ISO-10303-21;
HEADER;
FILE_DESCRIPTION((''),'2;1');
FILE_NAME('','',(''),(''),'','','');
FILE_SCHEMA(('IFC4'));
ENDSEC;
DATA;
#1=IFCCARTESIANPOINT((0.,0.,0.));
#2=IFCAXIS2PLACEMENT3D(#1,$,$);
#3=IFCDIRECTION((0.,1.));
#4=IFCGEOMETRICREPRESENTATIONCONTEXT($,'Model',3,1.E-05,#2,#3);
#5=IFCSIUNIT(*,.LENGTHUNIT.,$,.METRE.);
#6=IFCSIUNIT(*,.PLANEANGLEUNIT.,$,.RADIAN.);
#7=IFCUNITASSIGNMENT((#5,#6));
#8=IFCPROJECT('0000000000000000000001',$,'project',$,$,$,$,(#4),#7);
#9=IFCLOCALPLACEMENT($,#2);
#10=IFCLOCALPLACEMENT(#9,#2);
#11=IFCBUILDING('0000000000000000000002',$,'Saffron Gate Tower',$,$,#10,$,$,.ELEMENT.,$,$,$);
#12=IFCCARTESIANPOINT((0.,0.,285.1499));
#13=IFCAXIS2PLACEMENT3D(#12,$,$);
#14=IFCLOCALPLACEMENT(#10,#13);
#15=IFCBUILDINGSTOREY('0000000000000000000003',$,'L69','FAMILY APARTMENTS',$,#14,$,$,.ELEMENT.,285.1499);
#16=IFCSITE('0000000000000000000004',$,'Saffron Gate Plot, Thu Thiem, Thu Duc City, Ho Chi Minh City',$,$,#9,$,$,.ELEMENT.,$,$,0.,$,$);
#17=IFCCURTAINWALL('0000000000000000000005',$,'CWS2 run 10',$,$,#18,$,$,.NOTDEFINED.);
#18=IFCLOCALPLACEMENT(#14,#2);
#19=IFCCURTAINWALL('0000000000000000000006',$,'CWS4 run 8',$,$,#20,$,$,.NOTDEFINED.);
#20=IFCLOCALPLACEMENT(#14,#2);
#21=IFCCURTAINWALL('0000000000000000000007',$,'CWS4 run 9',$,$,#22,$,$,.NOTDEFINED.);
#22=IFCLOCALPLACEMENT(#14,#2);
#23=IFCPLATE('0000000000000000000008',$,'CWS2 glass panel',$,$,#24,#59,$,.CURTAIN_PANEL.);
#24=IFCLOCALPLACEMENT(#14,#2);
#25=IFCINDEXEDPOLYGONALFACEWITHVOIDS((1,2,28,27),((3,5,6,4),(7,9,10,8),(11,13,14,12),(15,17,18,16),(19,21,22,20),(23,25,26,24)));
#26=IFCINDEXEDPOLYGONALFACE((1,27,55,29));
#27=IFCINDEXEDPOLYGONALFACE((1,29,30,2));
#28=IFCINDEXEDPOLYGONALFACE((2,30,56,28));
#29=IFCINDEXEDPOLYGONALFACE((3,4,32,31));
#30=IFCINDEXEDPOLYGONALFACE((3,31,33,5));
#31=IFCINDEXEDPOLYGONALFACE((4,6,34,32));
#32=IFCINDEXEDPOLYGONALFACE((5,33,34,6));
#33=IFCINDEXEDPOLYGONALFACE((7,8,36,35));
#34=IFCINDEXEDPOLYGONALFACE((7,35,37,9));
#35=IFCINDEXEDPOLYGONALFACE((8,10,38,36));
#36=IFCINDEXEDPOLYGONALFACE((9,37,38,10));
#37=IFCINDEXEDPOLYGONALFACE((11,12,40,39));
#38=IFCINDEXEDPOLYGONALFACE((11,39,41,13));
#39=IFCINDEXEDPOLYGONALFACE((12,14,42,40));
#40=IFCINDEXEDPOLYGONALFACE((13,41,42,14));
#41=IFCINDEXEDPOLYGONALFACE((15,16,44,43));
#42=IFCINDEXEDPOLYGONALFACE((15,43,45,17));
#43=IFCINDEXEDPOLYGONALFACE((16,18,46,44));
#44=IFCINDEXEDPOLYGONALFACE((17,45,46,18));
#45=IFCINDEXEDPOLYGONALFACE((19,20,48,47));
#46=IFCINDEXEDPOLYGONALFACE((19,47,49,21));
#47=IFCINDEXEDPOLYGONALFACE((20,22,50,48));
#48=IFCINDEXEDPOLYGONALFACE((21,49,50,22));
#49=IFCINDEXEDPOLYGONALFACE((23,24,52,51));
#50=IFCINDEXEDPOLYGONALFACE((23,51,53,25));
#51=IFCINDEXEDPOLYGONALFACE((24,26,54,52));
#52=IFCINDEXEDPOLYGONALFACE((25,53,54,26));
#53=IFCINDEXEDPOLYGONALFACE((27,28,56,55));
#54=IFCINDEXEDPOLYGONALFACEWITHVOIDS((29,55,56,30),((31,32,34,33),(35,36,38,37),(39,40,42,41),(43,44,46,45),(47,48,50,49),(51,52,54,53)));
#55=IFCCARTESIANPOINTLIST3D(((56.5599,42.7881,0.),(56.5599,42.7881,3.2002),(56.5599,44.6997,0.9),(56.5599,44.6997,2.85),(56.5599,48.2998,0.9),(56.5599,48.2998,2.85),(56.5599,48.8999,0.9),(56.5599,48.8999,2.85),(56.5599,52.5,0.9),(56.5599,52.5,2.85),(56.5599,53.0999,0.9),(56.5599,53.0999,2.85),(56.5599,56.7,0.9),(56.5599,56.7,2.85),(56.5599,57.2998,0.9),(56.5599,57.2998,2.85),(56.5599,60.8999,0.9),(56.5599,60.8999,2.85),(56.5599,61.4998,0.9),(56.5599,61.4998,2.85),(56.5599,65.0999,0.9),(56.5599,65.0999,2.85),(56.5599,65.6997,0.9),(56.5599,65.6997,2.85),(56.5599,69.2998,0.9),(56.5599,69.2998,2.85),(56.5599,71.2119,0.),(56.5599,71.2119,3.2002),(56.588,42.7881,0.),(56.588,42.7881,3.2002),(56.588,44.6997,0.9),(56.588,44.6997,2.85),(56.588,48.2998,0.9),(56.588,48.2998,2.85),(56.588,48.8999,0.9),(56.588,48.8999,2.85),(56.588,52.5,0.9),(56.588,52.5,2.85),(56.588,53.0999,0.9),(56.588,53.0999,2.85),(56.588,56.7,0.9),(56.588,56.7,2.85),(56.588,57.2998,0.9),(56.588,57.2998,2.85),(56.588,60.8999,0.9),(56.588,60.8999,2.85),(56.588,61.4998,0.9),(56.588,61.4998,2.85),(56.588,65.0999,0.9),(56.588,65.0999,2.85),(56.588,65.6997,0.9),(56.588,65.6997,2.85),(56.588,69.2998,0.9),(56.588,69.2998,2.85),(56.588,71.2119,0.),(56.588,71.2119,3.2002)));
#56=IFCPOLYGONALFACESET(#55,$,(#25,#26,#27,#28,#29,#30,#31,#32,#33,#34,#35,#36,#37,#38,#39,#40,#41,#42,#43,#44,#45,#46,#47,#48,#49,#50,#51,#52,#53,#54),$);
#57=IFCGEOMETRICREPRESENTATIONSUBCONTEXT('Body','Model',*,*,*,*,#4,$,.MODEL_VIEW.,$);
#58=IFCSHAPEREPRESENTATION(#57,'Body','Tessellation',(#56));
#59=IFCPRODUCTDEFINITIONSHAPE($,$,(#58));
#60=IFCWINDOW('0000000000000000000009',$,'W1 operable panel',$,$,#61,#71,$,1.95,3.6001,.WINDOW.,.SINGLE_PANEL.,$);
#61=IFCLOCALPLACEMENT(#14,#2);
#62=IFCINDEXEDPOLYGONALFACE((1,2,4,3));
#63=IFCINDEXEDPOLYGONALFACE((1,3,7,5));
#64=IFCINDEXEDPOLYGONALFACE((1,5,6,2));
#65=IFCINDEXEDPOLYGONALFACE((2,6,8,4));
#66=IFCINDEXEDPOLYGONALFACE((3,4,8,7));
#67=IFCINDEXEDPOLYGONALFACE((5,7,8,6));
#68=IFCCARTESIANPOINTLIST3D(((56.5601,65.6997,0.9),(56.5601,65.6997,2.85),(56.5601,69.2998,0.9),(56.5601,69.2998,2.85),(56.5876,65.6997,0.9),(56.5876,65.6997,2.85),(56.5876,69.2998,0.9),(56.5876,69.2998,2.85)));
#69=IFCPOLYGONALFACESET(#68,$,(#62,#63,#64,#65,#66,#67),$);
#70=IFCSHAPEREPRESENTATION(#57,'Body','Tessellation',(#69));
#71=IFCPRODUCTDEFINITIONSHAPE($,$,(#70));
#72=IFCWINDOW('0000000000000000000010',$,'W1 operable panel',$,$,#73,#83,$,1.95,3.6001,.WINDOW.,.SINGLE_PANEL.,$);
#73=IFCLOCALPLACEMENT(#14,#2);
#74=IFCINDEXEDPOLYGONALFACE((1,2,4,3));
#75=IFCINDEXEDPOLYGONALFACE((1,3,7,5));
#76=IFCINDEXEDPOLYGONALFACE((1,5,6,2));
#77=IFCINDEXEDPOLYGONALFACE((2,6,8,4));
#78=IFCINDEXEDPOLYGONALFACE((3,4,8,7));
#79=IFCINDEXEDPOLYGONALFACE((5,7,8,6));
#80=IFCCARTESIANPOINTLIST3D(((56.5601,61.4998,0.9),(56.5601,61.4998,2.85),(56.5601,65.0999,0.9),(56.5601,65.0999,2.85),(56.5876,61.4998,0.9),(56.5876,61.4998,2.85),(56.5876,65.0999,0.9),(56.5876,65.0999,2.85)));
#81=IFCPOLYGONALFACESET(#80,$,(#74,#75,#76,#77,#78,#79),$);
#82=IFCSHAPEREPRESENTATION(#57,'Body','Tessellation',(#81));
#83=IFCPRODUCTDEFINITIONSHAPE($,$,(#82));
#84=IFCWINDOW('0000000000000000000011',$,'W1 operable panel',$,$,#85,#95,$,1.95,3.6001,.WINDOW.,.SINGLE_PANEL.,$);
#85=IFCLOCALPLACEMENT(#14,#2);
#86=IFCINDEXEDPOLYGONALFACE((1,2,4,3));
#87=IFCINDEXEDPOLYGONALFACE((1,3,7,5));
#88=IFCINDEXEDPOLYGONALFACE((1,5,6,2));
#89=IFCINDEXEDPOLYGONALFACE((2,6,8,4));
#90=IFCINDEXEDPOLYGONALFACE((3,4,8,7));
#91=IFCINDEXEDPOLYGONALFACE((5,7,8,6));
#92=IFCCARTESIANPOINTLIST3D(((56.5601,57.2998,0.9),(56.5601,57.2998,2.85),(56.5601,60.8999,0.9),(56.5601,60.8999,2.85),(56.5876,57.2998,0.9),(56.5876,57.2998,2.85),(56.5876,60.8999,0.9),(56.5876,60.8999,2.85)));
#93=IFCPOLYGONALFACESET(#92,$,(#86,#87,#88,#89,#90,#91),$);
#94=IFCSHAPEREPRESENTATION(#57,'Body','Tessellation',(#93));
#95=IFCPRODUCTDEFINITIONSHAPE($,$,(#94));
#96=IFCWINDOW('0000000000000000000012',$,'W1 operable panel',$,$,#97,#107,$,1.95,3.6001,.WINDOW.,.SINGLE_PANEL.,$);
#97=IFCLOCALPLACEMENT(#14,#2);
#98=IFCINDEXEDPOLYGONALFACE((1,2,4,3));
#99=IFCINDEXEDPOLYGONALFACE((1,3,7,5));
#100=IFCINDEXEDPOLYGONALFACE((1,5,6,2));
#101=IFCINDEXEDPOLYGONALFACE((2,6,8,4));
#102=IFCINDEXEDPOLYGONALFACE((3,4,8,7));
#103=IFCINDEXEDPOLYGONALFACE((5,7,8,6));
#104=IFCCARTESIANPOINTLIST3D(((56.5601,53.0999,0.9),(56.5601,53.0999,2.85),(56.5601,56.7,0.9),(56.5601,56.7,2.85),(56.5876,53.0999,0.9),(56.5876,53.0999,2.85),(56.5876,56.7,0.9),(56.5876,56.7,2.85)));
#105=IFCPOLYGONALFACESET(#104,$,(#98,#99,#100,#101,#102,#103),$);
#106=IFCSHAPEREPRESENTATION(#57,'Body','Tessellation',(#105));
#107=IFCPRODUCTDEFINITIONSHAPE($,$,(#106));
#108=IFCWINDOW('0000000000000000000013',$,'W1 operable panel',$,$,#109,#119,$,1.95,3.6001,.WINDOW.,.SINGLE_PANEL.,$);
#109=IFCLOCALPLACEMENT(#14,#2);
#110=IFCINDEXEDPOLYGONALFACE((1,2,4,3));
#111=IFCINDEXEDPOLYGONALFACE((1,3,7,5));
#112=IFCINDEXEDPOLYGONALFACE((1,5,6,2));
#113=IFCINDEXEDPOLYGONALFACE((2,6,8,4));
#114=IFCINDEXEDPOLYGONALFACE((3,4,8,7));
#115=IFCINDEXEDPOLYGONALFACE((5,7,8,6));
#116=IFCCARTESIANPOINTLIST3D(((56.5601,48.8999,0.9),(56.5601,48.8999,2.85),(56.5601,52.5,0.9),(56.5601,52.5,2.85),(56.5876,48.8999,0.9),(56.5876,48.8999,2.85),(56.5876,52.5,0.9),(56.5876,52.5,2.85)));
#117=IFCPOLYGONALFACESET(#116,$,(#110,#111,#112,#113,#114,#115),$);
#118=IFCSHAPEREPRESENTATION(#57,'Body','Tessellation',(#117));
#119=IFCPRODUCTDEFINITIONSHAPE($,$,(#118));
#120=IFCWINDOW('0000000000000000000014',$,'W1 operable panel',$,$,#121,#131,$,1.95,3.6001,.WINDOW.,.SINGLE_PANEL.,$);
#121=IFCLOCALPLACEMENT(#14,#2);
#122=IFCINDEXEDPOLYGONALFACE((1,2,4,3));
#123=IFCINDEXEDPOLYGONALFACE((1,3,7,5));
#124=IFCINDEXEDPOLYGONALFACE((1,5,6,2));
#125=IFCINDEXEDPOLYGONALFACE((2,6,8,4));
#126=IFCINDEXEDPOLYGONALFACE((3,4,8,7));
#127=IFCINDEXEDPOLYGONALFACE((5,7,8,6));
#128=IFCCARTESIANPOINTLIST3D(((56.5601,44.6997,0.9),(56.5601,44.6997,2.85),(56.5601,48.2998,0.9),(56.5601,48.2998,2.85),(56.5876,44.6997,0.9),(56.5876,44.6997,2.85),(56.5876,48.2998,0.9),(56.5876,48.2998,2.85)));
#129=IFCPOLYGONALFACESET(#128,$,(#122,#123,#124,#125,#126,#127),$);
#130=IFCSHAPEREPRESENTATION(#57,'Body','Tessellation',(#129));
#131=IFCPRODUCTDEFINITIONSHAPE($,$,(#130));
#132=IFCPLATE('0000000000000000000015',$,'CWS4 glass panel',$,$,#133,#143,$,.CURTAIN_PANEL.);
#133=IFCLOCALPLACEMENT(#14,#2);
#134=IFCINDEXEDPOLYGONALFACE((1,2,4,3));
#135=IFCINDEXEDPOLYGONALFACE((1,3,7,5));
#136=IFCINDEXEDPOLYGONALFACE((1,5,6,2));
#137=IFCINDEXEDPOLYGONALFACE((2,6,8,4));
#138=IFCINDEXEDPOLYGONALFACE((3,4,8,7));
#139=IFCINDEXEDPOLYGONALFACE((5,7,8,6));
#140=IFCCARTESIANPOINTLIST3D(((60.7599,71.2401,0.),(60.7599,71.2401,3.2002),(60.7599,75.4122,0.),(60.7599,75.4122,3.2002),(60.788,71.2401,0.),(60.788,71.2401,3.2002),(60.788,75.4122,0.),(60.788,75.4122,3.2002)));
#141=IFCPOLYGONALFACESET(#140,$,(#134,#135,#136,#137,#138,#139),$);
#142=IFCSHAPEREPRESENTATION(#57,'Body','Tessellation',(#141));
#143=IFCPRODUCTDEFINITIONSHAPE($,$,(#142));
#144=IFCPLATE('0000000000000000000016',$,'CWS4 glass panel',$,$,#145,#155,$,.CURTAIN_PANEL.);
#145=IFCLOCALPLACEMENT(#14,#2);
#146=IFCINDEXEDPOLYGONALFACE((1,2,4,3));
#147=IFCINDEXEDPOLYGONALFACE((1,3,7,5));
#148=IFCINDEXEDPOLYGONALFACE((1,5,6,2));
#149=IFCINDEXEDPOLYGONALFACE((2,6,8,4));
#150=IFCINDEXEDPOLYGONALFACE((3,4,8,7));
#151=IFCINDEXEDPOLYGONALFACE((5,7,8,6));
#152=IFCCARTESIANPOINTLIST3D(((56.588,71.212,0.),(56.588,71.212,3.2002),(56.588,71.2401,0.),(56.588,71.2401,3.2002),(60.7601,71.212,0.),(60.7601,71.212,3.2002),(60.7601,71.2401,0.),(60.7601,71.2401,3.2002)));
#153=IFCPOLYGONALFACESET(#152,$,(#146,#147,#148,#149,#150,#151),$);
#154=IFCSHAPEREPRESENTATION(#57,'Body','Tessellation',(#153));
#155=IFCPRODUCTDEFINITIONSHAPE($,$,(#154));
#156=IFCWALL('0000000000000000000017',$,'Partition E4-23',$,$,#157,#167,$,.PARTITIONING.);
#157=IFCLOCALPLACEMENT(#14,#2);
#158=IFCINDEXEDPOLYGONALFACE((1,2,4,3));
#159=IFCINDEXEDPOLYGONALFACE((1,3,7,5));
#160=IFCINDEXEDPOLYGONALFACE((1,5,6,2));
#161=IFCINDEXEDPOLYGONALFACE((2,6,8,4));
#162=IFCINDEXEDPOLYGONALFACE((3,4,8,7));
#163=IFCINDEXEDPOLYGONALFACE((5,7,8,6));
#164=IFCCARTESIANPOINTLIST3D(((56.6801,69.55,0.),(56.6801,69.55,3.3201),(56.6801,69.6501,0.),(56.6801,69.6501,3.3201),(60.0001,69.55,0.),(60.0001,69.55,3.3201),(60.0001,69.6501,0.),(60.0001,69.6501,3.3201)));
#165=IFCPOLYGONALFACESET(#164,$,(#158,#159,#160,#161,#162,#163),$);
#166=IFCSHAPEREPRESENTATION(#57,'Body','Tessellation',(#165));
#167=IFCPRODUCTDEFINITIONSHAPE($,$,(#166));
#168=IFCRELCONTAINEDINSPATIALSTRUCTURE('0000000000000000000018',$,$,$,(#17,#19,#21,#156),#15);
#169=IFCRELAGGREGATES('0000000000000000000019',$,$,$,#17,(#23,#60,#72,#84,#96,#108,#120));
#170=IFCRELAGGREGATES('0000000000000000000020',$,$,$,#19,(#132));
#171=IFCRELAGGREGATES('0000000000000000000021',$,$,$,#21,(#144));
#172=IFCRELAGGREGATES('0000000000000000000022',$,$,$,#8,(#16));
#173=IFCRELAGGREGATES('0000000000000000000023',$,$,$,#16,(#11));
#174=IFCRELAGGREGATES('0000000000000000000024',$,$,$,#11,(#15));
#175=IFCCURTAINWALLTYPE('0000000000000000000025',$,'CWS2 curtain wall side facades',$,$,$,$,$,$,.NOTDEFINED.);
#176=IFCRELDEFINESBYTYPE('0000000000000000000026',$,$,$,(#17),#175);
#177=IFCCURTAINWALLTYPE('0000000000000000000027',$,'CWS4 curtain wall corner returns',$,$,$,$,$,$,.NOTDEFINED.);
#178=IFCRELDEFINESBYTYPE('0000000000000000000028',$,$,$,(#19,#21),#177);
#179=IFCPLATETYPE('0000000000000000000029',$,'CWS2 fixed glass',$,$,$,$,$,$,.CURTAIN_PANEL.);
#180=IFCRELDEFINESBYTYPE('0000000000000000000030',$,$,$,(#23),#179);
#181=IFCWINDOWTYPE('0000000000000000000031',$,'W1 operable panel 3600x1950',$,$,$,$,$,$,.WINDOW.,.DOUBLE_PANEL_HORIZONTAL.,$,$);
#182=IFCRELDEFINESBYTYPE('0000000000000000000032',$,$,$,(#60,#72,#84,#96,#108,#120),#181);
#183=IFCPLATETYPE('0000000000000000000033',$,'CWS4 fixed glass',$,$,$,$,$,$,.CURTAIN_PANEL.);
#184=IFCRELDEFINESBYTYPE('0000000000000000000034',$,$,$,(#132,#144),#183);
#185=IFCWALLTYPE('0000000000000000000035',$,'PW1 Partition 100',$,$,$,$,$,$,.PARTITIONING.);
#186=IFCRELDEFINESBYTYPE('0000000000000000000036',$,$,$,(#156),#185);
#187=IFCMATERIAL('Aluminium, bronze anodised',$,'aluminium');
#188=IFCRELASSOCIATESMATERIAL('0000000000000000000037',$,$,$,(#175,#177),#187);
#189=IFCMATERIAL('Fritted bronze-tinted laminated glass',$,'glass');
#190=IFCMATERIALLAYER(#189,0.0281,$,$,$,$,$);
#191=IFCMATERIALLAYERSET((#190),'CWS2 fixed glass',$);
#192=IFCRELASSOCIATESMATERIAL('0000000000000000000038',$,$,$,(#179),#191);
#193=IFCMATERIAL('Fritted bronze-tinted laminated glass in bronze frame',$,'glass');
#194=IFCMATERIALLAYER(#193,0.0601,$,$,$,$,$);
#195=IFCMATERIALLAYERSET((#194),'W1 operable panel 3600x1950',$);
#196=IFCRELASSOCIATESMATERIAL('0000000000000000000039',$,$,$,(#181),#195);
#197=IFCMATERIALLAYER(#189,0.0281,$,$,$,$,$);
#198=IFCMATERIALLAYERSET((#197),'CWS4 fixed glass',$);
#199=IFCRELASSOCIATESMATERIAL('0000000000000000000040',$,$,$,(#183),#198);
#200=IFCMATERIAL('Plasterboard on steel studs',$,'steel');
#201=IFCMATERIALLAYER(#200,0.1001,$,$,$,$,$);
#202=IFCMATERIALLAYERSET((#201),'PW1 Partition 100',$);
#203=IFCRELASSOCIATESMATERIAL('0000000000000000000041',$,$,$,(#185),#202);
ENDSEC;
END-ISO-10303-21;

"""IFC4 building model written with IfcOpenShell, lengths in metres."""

from ifc_helpers import new_model, si_unit, direction, frame, frame_2d, origin, place, context, subcontext, project, spatial, rectangle, extrude, material, layer, layer_set, type_object, element, fill, aggregate, save


model = new_model("IFC4")

# Units and contexts
model_context = context("Model", 3, precision=1e-05, world=origin(), true_north=direction((0.0, 1.0)))
body_context = subcontext(model_context, "Body", "Model", "MODEL_VIEW")
ifc_project = project(units=[si_unit("LENGTHUNIT", "METRE"), si_unit("PLANEANGLEUNIT", "RADIAN")], contexts=[model_context])

# Site, building, storey
site_placement = place(None, origin())
site = spatial("IfcSite", under=ifc_project, at=site_placement, Name="Saffron Gate Plot, Thu Thiem, Thu Duc City, Ho Chi Minh City", CompositionType="ELEMENT", RefElevation=0.0)
building_placement = place(site_placement, origin())
building = spatial("IfcBuilding", under=site, at=building_placement, Name="Saffron Gate Tower", CompositionType="ELEMENT")
storey_placement = place(building_placement, frame((0.0, 0.0, 285.1499)))
storey = spatial("IfcBuildingStorey", under=building, at=storey_placement, Name="L69", Description="FAMILY APARTMENTS", CompositionType="ELEMENT", Elevation=285.1499)

# Curtain wall
ifc_material_1 = material(Name="Aluminium, bronze anodised", Category="aluminium")
curtain_wall_type_1 = type_object("IfcCurtainWallType", Name="CWS2 curtain wall side facades", PredefinedType="NOTDEFINED", material=ifc_material_1)
curtain_wall_1_placement = place(storey_placement, origin())
curtain_wall_1 = element("IfcCurtainWall", 1, at=curtain_wall_1_placement, inside=storey, type_object=curtain_wall_type_1, Name="CWS2 run 10", PredefinedType="NOTDEFINED")

# Curtain walls
curtain_wall_type_2 = type_object("IfcCurtainWallType", Name="CWS4 curtain wall corner returns", PredefinedType="NOTDEFINED", material=ifc_material_1)
curtain_wall_2_placement = place(storey_placement, origin())
curtain_wall_2 = element("IfcCurtainWall", 2, at=curtain_wall_2_placement, inside=storey, type_object=curtain_wall_type_2, Name="CWS4 run 8", PredefinedType="NOTDEFINED")
curtain_wall_3_placement = place(storey_placement, origin())
curtain_wall_3 = element("IfcCurtainWall", 3, at=curtain_wall_3_placement, inside=storey, type_object=curtain_wall_type_2, Name="CWS4 run 9", PredefinedType="NOTDEFINED")

# Plate, openings, windows
ifc_material_2 = material(Name="Fritted bronze-tinted laminated glass", Category="glass")
ifc_layer_1 = layer(ifc_material_2, 0.0281)
ifc_layer_set_1 = layer_set([ifc_layer_1], Name="CWS2 fixed glass")
plate_type_1 = type_object("IfcPlateType", Name="CWS2 fixed glass", PredefinedType="CURTAIN_PANEL", material=ifc_layer_set_1)
plate_1_placement = place(storey_placement, frame((56.574, 71.2119, 0.0), z_axis=(0.0, 0.0, 1.0), x_axis=(0.0, -1.0, 0.0)))
plate_1 = element("IfcPlate", 4, at=plate_1_placement, type_object=plate_type_1, Name="CWS2 glass panel", PredefinedType="CURTAIN_PANEL", context=body_context, shape_type="SweptSolid", body=[
    extrude(rectangle(XDim=28.4238, YDim=0.0281, at=frame_2d((14.2119, 0.0))), origin(), (0.0, 0.0, 1.0), 3.2002),
])
opening_1_placement = place(plate_1_placement, frame((1.9121, 0.0, 0.8999)))
opening_1 = element("IfcOpeningElement", 5, at=opening_1_placement, cuts=plate_1, PredefinedType="OPENING", context=body_context, shape_type="SweptSolid", body=[
    extrude(rectangle(XDim=3.6001, YDim=1.95, at=frame_2d((1.8, 0.9751))), frame((0.0, 0.0239, 0.0), z_axis=(0.0, -1.0, 0.0), x_axis=(1.0, 0.0, 0.0)), (0.0, 0.0, 1.0), 0.0481),
])
opening_2_placement = place(plate_1_placement, frame((6.1121, 0.0, 0.8999)))
opening_2 = element("IfcOpeningElement", 6, at=opening_2_placement, cuts=plate_1, PredefinedType="OPENING", context=body_context, shape_type="SweptSolid", body=[
    extrude(rectangle(XDim=3.6001, YDim=1.95, at=frame_2d((1.8, 0.9751))), frame((0.0, 0.0239, 0.0), z_axis=(0.0, -1.0, 0.0), x_axis=(1.0, 0.0, 0.0)), (0.0, 0.0, 1.0), 0.0481),
])
opening_3_placement = place(plate_1_placement, frame((10.312, 0.0, 0.8999)))
opening_3 = element("IfcOpeningElement", 7, at=opening_3_placement, cuts=plate_1, PredefinedType="OPENING", context=body_context, shape_type="SweptSolid", body=[
    extrude(rectangle(XDim=3.6001, YDim=1.95, at=frame_2d((1.8, 0.9751))), frame((0.0, 0.0239, 0.0), z_axis=(0.0, -1.0, 0.0), x_axis=(1.0, 0.0, 0.0)), (0.0, 0.0, 1.0), 0.0481),
])
opening_4_placement = place(plate_1_placement, frame((14.512, 0.0, 0.8999)))
opening_4 = element("IfcOpeningElement", 8, at=opening_4_placement, cuts=plate_1, PredefinedType="OPENING", context=body_context, shape_type="SweptSolid", body=[
    extrude(rectangle(XDim=3.6001, YDim=1.95, at=frame_2d((1.8, 0.9751))), frame((0.0, 0.0239, 0.0), z_axis=(0.0, -1.0, 0.0), x_axis=(1.0, 0.0, 0.0)), (0.0, 0.0, 1.0), 0.0481),
])
opening_5_placement = place(plate_1_placement, frame((18.7119, 0.0, 0.8999)))
opening_5 = element("IfcOpeningElement", 9, at=opening_5_placement, cuts=plate_1, PredefinedType="OPENING", context=body_context, shape_type="SweptSolid", body=[
    extrude(rectangle(XDim=3.6001, YDim=1.95, at=frame_2d((1.8, 0.9751))), frame((0.0, 0.0239, 0.0), z_axis=(0.0, -1.0, 0.0), x_axis=(1.0, 0.0, 0.0)), (0.0, 0.0, 1.0), 0.0481),
])
opening_6_placement = place(plate_1_placement, frame((22.9121, 0.0, 0.8999)))
opening_6 = element("IfcOpeningElement", 10, at=opening_6_placement, cuts=plate_1, PredefinedType="OPENING", context=body_context, shape_type="SweptSolid", body=[
    extrude(rectangle(XDim=3.6001, YDim=1.95, at=frame_2d((1.8, 0.9751))), frame((0.0, 0.0239, 0.0), z_axis=(0.0, -1.0, 0.0), x_axis=(1.0, 0.0, 0.0)), (0.0, 0.0, 1.0), 0.0481),
])
ifc_material_3 = material(Name="Fritted bronze-tinted laminated glass in bronze frame", Category="glass")
ifc_layer_2 = layer(ifc_material_3, 0.0601)
ifc_layer_set_2 = layer_set([ifc_layer_2], Name="W1 operable panel 3600x1950")
window_type = type_object("IfcWindowType", Name="W1 operable panel 3600x1950", PartitioningType="DOUBLE_PANEL_HORIZONTAL", PredefinedType="WINDOW", material=ifc_layer_set_2)
window_1_placement = place(opening_1_placement, origin())
window_1 = element("IfcWindow", 11, at=window_1_placement, type_object=window_type, Name="W1 operable panel", OverallHeight=1.95, OverallWidth=3.6001, PartitioningType="SINGLE_PANEL", PredefinedType="WINDOW", context=body_context, shape_type="SweptSolid", body=[
    extrude(rectangle(XDim=3.6001, YDim=1.95, at=frame_2d((1.8, 0.9751))), frame((0.0, 0.0137, 0.0), z_axis=(0.0, -1.0, 0.0), x_axis=(1.0, 0.0, 0.0)), (0.0, 0.0, 1.0), 0.0276),
])
fill(opening_1, window_1)
window_2_placement = place(opening_2_placement, origin())
window_2 = element("IfcWindow", 12, at=window_2_placement, type_object=window_type, Name="W1 operable panel", OverallHeight=1.95, OverallWidth=3.6001, PartitioningType="SINGLE_PANEL", PredefinedType="WINDOW", context=body_context, shape_type="SweptSolid", body=[
    extrude(rectangle(XDim=3.6001, YDim=1.95, at=frame_2d((1.8, 0.9751))), frame((0.0, 0.0137, 0.0), z_axis=(0.0, -1.0, 0.0), x_axis=(1.0, 0.0, 0.0)), (0.0, 0.0, 1.0), 0.0276),
])
fill(opening_2, window_2)
window_3_placement = place(opening_3_placement, origin())
window_3 = element("IfcWindow", 13, at=window_3_placement, type_object=window_type, Name="W1 operable panel", OverallHeight=1.95, OverallWidth=3.6001, PartitioningType="SINGLE_PANEL", PredefinedType="WINDOW", context=body_context, shape_type="SweptSolid", body=[
    extrude(rectangle(XDim=3.6001, YDim=1.95, at=frame_2d((1.8, 0.9751))), frame((0.0, 0.0137, 0.0), z_axis=(0.0, -1.0, 0.0), x_axis=(1.0, 0.0, 0.0)), (0.0, 0.0, 1.0), 0.0276),
])
fill(opening_3, window_3)
window_4_placement = place(opening_4_placement, origin())
window_4 = element("IfcWindow", 14, at=window_4_placement, type_object=window_type, Name="W1 operable panel", OverallHeight=1.95, OverallWidth=3.6001, PartitioningType="SINGLE_PANEL", PredefinedType="WINDOW", context=body_context, shape_type="SweptSolid", body=[
    extrude(rectangle(XDim=3.6001, YDim=1.95, at=frame_2d((1.8, 0.9751))), frame((0.0, 0.0137, 0.0), z_axis=(0.0, -1.0, 0.0), x_axis=(1.0, 0.0, 0.0)), (0.0, 0.0, 1.0), 0.0276),
])
fill(opening_4, window_4)
window_5_placement = place(opening_5_placement, origin())
window_5 = element("IfcWindow", 15, at=window_5_placement, type_object=window_type, Name="W1 operable panel", OverallHeight=1.95, OverallWidth=3.6001, PartitioningType="SINGLE_PANEL", PredefinedType="WINDOW", context=body_context, shape_type="SweptSolid", body=[
    extrude(rectangle(XDim=3.6001, YDim=1.95, at=frame_2d((1.8, 0.9751))), frame((0.0, 0.0137, 0.0), z_axis=(0.0, -1.0, 0.0), x_axis=(1.0, 0.0, 0.0)), (0.0, 0.0, 1.0), 0.0276),
])
fill(opening_5, window_5)
window_6_placement = place(opening_6_placement, origin())
window_6 = element("IfcWindow", 16, at=window_6_placement, type_object=window_type, Name="W1 operable panel", OverallHeight=1.95, OverallWidth=3.6001, PartitioningType="SINGLE_PANEL", PredefinedType="WINDOW", context=body_context, shape_type="SweptSolid", body=[
    extrude(rectangle(XDim=3.6001, YDim=1.95, at=frame_2d((1.8, 0.9751))), frame((0.0, 0.0137, 0.0), z_axis=(0.0, -1.0, 0.0), x_axis=(1.0, 0.0, 0.0)), (0.0, 0.0, 1.0), 0.0276),
])
fill(opening_6, window_6)
aggregate(curtain_wall_1, [plate_1, window_1, window_2, window_3, window_4, window_5, window_6])

# Plates
ifc_layer_3 = layer(ifc_material_2, 0.0281)
ifc_layer_set_3 = layer_set([ifc_layer_3], Name="CWS4 fixed glass")
plate_type_2 = type_object("IfcPlateType", Name="CWS4 fixed glass", PredefinedType="CURTAIN_PANEL", material=ifc_layer_set_3)
plate_2_placement = place(storey_placement, frame((60.7739, 75.4121, 0.0), z_axis=(0.0, 0.0, 1.0), x_axis=(0.0, -1.0, 0.0)))
plate_2 = element("IfcPlate", 17, at=plate_2_placement, type_object=plate_type_2, Name="CWS4 glass panel", PredefinedType="CURTAIN_PANEL", context=body_context, shape_type="SweptSolid", body=[
    extrude(rectangle(XDim=4.1721, YDim=0.0281, at=frame_2d((2.0859, 0.0))), origin(), (0.0, 0.0, 1.0), 3.2002),
])
aggregate(curtain_wall_2, [plate_2])
plate_3_placement = place(storey_placement, frame((60.76, 71.2261, 0.0), z_axis=(0.0, 0.0, 1.0), x_axis=(-1.0, 0.0, 0.0)))
plate_3 = element("IfcPlate", 18, at=plate_3_placement, type_object=plate_type_2, Name="CWS4 glass panel", PredefinedType="CURTAIN_PANEL", context=body_context, shape_type="SweptSolid", body=[
    extrude(rectangle(XDim=4.1721, YDim=0.0281, at=frame_2d((2.0859, 0.0))), origin(), (0.0, 0.0, 1.0), 3.2002),
])
aggregate(curtain_wall_3, [plate_3])

# Wall
ifc_material_4 = material(Name="Plasterboard on steel studs", Category="steel")
ifc_layer_4 = layer(ifc_material_4, 0.1001)
ifc_layer_set_4 = layer_set([ifc_layer_4], Name="PW1 Partition 100")
wall_type_1 = type_object("IfcWallType", Name="PW1 Partition 100", PredefinedType="PARTITIONING", material=ifc_layer_set_4)
wall_1_placement = place(storey_placement, frame((56.6799, 69.6001, 0.0), z_axis=(0.0, 0.0, 1.0), x_axis=(1.0, 0.0, 0.0)))
element("IfcWall", 19, at=wall_1_placement, inside=storey, type_object=wall_type_1, Name="Partition E4-23", PredefinedType="PARTITIONING", context=body_context, shape_type="SweptSolid", body=[
    extrude(rectangle(XDim=3.3201, YDim=0.1001, at=frame_2d((1.6602, 0.0))), origin(), (0.0, 0.0, 1.0), 3.3201),
])

save(model, "model.ifc")
